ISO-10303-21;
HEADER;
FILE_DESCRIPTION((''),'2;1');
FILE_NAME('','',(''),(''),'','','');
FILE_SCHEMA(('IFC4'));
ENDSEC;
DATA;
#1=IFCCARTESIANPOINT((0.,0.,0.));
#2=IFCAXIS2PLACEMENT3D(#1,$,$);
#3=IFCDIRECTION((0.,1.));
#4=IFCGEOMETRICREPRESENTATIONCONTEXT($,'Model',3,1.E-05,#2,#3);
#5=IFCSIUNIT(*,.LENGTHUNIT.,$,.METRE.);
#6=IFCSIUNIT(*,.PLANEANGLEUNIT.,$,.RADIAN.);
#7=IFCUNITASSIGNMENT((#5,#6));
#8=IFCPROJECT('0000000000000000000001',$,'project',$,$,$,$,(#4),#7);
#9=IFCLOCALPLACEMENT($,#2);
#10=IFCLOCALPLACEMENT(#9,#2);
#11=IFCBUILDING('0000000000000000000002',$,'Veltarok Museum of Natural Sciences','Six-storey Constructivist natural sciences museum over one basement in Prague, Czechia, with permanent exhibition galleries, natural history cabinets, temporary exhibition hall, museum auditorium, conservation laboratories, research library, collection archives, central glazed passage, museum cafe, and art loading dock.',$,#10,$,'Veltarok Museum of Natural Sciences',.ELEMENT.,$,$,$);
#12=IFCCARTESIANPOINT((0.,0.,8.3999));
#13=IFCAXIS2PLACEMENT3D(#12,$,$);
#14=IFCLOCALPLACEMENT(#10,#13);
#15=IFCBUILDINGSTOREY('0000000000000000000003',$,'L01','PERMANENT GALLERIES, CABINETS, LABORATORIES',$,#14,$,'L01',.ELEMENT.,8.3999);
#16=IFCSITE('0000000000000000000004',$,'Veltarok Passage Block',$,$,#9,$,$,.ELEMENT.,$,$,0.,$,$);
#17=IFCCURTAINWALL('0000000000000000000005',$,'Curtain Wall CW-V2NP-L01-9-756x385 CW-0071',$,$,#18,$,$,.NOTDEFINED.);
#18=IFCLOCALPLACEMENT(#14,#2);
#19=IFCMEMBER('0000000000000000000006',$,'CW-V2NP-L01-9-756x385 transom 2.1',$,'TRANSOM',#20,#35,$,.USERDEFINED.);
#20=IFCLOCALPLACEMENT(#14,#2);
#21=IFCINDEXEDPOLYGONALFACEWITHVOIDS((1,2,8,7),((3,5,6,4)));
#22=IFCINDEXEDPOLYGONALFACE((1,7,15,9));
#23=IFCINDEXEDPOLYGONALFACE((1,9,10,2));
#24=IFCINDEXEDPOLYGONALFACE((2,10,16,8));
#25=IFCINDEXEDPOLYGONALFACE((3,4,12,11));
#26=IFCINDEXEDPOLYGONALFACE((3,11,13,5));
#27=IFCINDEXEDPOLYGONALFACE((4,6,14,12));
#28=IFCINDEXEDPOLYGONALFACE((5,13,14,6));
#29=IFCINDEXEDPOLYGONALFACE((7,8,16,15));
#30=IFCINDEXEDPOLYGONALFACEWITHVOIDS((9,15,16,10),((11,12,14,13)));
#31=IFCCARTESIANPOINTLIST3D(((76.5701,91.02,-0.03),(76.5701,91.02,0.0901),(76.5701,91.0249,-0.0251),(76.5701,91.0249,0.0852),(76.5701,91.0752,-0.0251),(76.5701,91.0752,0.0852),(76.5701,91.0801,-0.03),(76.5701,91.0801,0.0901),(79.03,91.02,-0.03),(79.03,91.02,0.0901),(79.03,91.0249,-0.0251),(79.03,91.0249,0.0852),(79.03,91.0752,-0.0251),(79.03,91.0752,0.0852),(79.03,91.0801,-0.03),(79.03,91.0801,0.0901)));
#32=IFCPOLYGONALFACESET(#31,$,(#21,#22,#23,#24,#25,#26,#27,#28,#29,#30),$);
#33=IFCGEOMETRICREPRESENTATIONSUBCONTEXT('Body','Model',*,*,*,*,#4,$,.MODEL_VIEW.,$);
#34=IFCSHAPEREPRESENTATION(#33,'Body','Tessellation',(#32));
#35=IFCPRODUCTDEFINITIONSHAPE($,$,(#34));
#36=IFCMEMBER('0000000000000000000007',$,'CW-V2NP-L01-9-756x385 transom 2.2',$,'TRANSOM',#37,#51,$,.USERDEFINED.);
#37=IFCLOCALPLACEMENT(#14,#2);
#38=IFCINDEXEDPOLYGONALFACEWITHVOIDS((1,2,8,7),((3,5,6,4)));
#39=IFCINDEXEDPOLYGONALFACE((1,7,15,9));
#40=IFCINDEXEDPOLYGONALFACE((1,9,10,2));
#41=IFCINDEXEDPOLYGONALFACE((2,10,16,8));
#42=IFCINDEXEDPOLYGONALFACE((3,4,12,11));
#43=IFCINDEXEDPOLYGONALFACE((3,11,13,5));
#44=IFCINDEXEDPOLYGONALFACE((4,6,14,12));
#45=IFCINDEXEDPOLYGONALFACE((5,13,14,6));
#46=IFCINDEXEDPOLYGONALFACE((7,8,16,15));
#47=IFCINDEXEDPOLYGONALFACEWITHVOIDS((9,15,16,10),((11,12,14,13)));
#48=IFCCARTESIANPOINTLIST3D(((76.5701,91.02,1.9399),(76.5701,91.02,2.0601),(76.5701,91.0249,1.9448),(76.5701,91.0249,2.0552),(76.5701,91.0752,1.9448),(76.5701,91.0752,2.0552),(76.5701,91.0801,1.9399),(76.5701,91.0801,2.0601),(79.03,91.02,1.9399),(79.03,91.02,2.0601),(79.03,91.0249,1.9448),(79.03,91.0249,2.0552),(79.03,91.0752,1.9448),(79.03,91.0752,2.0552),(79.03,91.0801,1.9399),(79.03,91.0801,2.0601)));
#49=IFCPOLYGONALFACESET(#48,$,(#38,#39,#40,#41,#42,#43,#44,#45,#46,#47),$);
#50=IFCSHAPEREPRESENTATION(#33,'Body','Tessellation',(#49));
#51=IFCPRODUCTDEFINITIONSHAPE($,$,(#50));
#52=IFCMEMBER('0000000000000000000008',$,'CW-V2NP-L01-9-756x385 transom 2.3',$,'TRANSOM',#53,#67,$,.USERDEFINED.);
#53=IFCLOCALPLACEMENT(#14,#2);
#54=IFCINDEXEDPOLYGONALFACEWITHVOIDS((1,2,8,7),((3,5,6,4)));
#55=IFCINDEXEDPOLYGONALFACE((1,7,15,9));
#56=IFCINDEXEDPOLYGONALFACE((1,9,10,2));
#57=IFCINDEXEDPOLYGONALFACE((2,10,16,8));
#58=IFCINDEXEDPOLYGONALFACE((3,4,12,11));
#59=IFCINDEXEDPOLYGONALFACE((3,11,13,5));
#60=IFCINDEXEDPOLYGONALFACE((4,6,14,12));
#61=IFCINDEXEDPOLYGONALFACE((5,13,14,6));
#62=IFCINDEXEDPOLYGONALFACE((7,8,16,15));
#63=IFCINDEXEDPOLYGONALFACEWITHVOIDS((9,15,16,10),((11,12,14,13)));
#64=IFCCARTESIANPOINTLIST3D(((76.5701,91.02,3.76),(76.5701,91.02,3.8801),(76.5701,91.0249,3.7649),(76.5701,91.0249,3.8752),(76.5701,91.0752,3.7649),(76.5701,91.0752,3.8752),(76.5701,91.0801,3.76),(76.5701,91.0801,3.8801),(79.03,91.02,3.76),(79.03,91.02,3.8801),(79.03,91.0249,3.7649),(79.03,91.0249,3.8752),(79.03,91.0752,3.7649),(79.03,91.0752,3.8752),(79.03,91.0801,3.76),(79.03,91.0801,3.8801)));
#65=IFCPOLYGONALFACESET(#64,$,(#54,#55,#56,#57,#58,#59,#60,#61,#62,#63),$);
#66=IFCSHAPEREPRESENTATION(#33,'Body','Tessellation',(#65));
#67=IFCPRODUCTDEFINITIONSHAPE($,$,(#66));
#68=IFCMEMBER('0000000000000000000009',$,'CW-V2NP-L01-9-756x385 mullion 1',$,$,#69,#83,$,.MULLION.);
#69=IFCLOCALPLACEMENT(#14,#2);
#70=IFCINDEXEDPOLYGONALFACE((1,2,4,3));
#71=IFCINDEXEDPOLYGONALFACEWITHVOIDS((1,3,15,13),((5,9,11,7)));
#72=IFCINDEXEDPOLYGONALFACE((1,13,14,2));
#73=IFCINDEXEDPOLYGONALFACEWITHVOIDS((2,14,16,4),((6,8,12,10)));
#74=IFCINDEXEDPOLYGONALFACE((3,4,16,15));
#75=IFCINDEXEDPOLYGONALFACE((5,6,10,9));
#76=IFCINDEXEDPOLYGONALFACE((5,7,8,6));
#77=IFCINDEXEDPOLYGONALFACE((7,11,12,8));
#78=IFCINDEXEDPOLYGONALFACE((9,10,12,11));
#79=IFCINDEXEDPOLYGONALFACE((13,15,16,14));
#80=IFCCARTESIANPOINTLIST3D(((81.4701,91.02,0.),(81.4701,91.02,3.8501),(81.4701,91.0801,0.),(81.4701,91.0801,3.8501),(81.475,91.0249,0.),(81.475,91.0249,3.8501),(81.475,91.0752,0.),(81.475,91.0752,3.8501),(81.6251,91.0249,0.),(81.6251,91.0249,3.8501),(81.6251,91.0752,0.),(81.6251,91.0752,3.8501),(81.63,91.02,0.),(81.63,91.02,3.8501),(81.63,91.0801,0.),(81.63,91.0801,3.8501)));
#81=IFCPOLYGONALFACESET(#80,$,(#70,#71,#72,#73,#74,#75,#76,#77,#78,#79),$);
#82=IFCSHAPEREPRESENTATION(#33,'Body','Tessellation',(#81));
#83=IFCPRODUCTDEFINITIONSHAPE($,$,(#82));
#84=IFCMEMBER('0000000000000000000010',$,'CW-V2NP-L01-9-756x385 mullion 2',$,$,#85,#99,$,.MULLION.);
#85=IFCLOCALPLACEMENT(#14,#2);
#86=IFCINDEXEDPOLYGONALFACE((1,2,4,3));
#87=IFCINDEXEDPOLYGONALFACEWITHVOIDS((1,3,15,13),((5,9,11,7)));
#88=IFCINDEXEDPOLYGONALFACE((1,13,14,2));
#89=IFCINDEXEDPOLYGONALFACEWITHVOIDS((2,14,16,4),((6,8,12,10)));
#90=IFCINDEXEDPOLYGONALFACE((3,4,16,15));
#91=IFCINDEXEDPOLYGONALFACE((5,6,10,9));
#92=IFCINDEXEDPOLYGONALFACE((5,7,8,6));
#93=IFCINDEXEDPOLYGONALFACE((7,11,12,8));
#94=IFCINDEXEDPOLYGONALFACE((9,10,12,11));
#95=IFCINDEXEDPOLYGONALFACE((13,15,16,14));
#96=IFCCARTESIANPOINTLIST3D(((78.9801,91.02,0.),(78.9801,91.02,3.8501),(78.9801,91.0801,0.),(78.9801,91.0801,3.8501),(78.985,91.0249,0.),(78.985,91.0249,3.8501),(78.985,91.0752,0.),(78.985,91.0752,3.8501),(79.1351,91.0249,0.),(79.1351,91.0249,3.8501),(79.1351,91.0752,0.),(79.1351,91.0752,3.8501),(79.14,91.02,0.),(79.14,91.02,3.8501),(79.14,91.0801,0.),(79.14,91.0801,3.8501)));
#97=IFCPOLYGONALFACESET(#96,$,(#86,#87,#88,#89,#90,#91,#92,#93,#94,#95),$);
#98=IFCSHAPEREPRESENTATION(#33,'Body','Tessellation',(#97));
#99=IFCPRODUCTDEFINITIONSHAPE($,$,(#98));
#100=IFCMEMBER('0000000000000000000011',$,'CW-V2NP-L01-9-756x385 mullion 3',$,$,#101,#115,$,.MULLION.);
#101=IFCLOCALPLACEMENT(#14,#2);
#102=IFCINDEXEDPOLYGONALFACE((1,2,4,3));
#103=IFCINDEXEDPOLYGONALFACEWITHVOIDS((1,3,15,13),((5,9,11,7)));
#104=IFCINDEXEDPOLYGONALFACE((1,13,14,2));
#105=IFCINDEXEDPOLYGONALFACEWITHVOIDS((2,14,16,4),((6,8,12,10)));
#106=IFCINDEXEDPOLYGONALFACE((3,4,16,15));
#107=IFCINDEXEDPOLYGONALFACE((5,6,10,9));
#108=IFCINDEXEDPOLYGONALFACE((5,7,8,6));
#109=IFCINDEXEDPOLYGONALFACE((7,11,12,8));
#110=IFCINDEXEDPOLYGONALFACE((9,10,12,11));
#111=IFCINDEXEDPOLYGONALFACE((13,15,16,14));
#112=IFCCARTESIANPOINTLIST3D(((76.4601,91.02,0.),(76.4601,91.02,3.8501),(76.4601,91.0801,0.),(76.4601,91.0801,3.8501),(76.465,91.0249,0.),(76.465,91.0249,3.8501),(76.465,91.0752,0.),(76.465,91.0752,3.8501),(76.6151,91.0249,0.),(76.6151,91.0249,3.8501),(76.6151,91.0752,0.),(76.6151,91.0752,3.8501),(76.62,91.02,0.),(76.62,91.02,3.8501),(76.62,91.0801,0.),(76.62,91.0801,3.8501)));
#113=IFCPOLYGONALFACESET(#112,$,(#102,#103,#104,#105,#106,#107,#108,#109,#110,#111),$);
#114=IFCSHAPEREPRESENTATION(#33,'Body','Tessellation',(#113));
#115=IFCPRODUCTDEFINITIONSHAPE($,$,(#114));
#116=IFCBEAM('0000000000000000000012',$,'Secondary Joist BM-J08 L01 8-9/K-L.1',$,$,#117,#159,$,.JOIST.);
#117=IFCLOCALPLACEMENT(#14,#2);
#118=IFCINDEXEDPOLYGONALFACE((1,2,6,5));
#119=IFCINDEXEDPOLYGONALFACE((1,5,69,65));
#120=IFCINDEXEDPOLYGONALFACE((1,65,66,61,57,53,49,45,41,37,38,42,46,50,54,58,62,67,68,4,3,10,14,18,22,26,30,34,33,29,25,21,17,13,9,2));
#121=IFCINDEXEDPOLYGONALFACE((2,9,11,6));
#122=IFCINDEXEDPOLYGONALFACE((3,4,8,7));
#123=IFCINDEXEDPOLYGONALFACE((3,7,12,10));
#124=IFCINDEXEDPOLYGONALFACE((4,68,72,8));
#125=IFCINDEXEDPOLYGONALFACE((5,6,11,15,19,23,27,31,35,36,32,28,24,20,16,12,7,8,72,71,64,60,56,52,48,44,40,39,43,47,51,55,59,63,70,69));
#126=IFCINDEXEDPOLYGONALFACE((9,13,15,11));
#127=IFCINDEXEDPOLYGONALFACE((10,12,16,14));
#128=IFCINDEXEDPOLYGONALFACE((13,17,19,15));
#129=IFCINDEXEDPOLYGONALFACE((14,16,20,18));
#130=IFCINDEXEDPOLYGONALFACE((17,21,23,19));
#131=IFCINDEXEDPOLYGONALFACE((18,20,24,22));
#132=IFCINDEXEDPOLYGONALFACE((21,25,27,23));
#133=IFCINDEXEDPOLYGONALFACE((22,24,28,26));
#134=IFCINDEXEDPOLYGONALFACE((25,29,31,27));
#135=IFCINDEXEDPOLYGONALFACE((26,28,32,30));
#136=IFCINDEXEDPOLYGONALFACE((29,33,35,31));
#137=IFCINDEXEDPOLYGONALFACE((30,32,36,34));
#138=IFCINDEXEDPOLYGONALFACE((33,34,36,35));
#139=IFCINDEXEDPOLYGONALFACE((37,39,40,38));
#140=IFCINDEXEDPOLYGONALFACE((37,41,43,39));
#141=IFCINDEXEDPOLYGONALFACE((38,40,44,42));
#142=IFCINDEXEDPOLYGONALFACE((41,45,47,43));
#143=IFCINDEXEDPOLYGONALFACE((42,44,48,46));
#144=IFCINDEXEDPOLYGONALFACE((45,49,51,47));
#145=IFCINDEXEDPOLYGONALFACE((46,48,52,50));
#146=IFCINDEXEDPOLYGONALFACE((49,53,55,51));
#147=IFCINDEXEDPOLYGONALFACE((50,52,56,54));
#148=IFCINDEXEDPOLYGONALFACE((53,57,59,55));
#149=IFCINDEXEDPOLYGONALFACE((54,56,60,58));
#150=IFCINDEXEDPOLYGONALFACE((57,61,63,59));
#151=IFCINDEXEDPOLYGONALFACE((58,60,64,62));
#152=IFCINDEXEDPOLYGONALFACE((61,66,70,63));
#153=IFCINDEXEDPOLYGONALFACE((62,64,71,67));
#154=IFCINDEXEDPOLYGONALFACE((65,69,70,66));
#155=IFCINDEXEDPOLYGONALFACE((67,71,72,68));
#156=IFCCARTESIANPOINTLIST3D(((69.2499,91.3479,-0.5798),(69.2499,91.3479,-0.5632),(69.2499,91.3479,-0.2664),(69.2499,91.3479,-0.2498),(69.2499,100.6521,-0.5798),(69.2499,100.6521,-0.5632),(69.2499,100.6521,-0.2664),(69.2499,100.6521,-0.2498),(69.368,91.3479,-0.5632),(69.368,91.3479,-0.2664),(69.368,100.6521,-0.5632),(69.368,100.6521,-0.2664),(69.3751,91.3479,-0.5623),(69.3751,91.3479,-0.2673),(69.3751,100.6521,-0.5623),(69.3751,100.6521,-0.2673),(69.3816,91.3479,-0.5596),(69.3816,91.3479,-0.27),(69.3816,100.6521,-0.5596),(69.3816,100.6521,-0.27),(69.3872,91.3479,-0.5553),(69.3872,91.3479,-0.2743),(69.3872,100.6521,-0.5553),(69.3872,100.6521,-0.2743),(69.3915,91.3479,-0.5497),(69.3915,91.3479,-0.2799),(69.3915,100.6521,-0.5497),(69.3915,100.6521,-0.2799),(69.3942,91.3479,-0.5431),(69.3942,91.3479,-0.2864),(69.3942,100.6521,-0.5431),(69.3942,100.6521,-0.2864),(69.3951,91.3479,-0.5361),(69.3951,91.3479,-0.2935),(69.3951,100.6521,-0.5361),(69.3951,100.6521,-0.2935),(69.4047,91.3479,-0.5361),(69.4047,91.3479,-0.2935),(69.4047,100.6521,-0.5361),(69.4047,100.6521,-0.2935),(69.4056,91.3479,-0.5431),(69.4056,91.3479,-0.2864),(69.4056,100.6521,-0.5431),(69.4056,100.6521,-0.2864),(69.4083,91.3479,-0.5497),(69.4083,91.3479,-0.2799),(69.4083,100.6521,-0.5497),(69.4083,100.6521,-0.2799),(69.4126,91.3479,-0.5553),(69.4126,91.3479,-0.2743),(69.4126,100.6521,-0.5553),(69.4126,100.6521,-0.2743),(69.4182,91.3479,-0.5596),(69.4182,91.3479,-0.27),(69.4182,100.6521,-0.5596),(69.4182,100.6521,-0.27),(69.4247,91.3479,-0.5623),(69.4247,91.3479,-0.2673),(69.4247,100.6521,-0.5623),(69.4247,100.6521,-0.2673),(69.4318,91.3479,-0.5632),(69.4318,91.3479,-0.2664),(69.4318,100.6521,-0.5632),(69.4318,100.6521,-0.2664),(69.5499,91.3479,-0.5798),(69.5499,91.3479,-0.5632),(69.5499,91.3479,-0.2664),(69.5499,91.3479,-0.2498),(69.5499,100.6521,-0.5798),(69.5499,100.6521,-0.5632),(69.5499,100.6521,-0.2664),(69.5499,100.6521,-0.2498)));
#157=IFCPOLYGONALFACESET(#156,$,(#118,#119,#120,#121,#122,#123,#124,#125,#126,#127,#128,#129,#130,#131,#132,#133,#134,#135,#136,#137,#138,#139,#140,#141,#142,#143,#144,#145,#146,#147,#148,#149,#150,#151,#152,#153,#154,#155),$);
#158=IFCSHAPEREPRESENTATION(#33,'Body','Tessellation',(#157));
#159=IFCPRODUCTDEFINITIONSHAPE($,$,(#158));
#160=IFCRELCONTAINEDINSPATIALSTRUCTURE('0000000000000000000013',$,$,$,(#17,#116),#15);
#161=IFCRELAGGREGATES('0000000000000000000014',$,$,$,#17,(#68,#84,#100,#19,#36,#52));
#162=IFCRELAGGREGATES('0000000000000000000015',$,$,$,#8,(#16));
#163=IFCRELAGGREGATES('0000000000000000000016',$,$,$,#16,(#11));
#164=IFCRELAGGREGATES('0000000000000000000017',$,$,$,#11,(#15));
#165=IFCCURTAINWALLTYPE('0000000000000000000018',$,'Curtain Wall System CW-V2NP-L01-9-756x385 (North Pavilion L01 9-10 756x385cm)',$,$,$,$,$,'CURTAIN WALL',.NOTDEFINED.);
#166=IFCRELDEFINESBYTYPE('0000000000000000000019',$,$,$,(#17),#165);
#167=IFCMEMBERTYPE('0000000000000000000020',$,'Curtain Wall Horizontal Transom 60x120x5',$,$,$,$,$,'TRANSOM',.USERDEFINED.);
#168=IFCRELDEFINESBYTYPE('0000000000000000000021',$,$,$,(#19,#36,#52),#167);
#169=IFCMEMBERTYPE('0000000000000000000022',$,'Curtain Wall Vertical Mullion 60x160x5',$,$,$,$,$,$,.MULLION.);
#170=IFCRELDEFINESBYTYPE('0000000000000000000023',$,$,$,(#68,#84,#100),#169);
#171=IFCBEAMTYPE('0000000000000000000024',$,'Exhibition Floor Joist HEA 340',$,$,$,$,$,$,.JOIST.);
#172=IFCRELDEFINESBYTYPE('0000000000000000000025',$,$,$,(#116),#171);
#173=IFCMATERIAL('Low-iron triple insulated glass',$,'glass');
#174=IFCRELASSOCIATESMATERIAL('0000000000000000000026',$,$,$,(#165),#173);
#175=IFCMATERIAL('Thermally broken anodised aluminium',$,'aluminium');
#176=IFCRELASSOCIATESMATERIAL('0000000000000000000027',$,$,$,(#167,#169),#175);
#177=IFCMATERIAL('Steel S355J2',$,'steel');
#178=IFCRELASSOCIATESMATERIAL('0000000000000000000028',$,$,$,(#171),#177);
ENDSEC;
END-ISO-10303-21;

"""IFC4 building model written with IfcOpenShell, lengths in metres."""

from ifc_helpers import new_model, si_unit, direction, frame, origin, origin_2d, place, context, subcontext, project, spatial, hollow_rectangle, i_section, extrude, material, material_profile, profile_set, type_object, element, aggregate, save


model = new_model("IFC4")

# Units and contexts
model_context = context("Model", 3, precision=1e-05, world=origin(), true_north=direction((0.0, 1.0)))
body_context = subcontext(model_context, "Body", "Model", "MODEL_VIEW")
ifc_project = project(units=[si_unit("LENGTHUNIT", "METRE"), si_unit("PLANEANGLEUNIT", "RADIAN")], contexts=[model_context])

# Site, building, storey
site_placement = place(None, origin())
site = spatial("IfcSite", under=ifc_project, at=site_placement, Name="Veltarok Passage Block", CompositionType="ELEMENT", RefElevation=0.0)
building_placement = place(site_placement, origin())
building = spatial("IfcBuilding", under=site, at=building_placement, Name="Veltarok Museum of Natural Sciences", Description="Six-storey Constructivist natural sciences museum over one basement in Prague, Czechia, with permanent exhibition galleries, natural history cabinets, temporary exhibition hall, museum auditorium, conservation laboratories, research library, collection archives, central glazed passage, museum cafe, and art loading dock.", LongName="Veltarok Museum of Natural Sciences", CompositionType="ELEMENT")
storey_placement = place(building_placement, frame((0.0, 0.0, 8.3999)))
storey = spatial("IfcBuildingStorey", under=building, at=storey_placement, Name="L01", Description="PERMANENT GALLERIES, CABINETS, LABORATORIES", LongName="L01", CompositionType="ELEMENT", Elevation=8.3999)

# Shared definitions
ifc_material_1 = material(Name="Steel S355J2", Category="steel")

# Curtain wall, members
ifc_material_2 = material(Name="Low-iron triple insulated glass", Category="glass")
curtain_wall_type = type_object("IfcCurtainWallType", Name="Curtain Wall System CW-V2NP-L01-9-756x385 (North Pavilion L01 9-10 756x385cm)", ElementType="CURTAIN WALL", PredefinedType="NOTDEFINED", material=ifc_material_2)
curtain_wall_placement = place(storey_placement, origin())
curtain_wall = element("IfcCurtainWall", 1, at=curtain_wall_placement, inside=storey, type_object=curtain_wall_type, Name="Curtain Wall CW-V2NP-L01-9-756x385 CW-0071", PredefinedType="NOTDEFINED")
ifc_material_3 = material(Name="Thermally broken anodised aluminium", Category="aluminium")
ifc_material_profile_1 = material_profile(ifc_material_3, hollow_rectangle(XDim=0.0601, YDim=0.1201, WallThickness=0.0049, at=origin_2d()), Name="CW TRANSOM 60x120x5")
ifc_profile_set_1 = profile_set([ifc_material_profile_1], Name="Thermally broken anodised aluminium")
member_type_1 = type_object("IfcMemberType", Name="Curtain Wall Horizontal Transom 60x120x5", ElementType="TRANSOM", PredefinedType="USERDEFINED", material=ifc_profile_set_1)
member_1_placement = place(storey_placement, frame((79.03, 91.05, 0.03), z_axis=(-1.0, 0.0, 0.0), x_axis=(0.0, -1.0, 0.0)))
member_1 = element("IfcMember", 2, at=member_1_placement, type_object=member_type_1, Name="CW-V2NP-L01-9-756x385 transom 2.1", ObjectType="TRANSOM", PredefinedType="USERDEFINED", context=body_context, shape_type="SweptSolid", body=[
    extrude(hollow_rectangle(XDim=0.0601, YDim=0.1201, WallThickness=0.0049, at=origin_2d()), origin(), (0.0, 0.0, 1.0), 2.46),
])
member_2_placement = place(storey_placement, frame((79.03, 91.05, 2.0), z_axis=(-1.0, 0.0, 0.0), x_axis=(0.0, -1.0, 0.0)))
member_2 = element("IfcMember", 3, at=member_2_placement, type_object=member_type_1, Name="CW-V2NP-L01-9-756x385 transom 2.2", ObjectType="TRANSOM", PredefinedType="USERDEFINED", context=body_context, shape_type="SweptSolid", body=[
    extrude(hollow_rectangle(XDim=0.0601, YDim=0.1201, WallThickness=0.0049, at=origin_2d()), origin(), (0.0, 0.0, 1.0), 2.46),
])
member_3_placement = place(storey_placement, frame((79.03, 91.05, 3.8201), z_axis=(-1.0, 0.0, 0.0), x_axis=(0.0, -1.0, 0.0)))
member_3 = element("IfcMember", 4, at=member_3_placement, type_object=member_type_1, Name="CW-V2NP-L01-9-756x385 transom 2.3", ObjectType="TRANSOM", PredefinedType="USERDEFINED", context=body_context, shape_type="SweptSolid", body=[
    extrude(hollow_rectangle(XDim=0.0601, YDim=0.1201, WallThickness=0.0049, at=origin_2d()), origin(), (0.0, 0.0, 1.0), 2.46),
])
ifc_material_profile_2 = material_profile(ifc_material_3, hollow_rectangle(XDim=0.0601, YDim=0.1599, WallThickness=0.0049, at=origin_2d()), Name="CW MULLION 60x160x5")
ifc_profile_set_2 = profile_set([ifc_material_profile_2], Name="Thermally broken anodised aluminium")
member_type_2 = type_object("IfcMemberType", Name="Curtain Wall Vertical Mullion 60x160x5", PredefinedType="MULLION", material=ifc_profile_set_2)
member_4_placement = place(storey_placement, frame((81.55, 91.05, 0.0), z_axis=(0.0, 0.0, 1.0), x_axis=(0.0, -1.0, 0.0)))
member_4 = element("IfcMember", 5, at=member_4_placement, type_object=member_type_2, Name="CW-V2NP-L01-9-756x385 mullion 1", PredefinedType="MULLION", context=body_context, shape_type="SweptSolid", body=[
    extrude(hollow_rectangle(XDim=0.0601, YDim=0.1599, WallThickness=0.0049, at=origin_2d()), origin(), (0.0, 0.0, 1.0), 3.8501),
])
member_5_placement = place(storey_placement, frame((79.0601, 91.05, 0.0), z_axis=(0.0, 0.0, 1.0), x_axis=(0.0, -1.0, 0.0)))
member_5 = element("IfcMember", 6, at=member_5_placement, type_object=member_type_2, Name="CW-V2NP-L01-9-756x385 mullion 2", PredefinedType="MULLION", context=body_context, shape_type="SweptSolid", body=[
    extrude(hollow_rectangle(XDim=0.0601, YDim=0.1599, WallThickness=0.0049, at=origin_2d()), origin(), (0.0, 0.0, 1.0), 3.8501),
])
member_6_placement = place(storey_placement, frame((76.54, 91.05, 0.0), z_axis=(0.0, 0.0, 1.0), x_axis=(0.0, -1.0, 0.0)))
member_6 = element("IfcMember", 7, at=member_6_placement, type_object=member_type_2, Name="CW-V2NP-L01-9-756x385 mullion 3", PredefinedType="MULLION", context=body_context, shape_type="SweptSolid", body=[
    extrude(hollow_rectangle(XDim=0.0601, YDim=0.1599, WallThickness=0.0049, at=origin_2d()), origin(), (0.0, 0.0, 1.0), 3.8501),
])

# Beam
ifc_material_profile_3 = material_profile(ifc_material_1, i_section(OverallWidth=0.3, OverallDepth=0.3301, WebThickness=0.0095, FlangeThickness=0.0166, FilletRadius=0.0271, at=origin_2d()), Name="HEA 340")
ifc_profile_set_3 = profile_set([ifc_material_profile_3], Name="Steel S355J2")
beam_type_1 = type_object("IfcBeamType", Name="Exhibition Floor Joist HEA 340", PredefinedType="JOIST", material=ifc_profile_set_3)
for number, where, z_axis, x_axis, name in (
    (8, (69.3999, 91.3479, -0.4148), (0.0, 1.0, 0.0), (-1.0, 0.0, 0.0), "Secondary Joist BM-J08 L01 8-9/K-L.1"),
):
    element("IfcBeam", number, at=place(storey_placement, frame(where, z_axis=z_axis, x_axis=x_axis)), inside=storey, type_object=beam_type_1, Name=name, PredefinedType="JOIST", context=body_context, shape_type="SweptSolid", body=[
        extrude(i_section(OverallWidth=0.3, OverallDepth=0.3301, WebThickness=0.0095, FlangeThickness=0.0166, FilletRadius=0.0271, at=origin_2d()), origin(), (0.0, 0.0, 1.0), 9.3042),
    ])

aggregate(curtain_wall, [member_4, member_5, member_6, member_1, member_2, member_3])

save(model, "model.ifc")
